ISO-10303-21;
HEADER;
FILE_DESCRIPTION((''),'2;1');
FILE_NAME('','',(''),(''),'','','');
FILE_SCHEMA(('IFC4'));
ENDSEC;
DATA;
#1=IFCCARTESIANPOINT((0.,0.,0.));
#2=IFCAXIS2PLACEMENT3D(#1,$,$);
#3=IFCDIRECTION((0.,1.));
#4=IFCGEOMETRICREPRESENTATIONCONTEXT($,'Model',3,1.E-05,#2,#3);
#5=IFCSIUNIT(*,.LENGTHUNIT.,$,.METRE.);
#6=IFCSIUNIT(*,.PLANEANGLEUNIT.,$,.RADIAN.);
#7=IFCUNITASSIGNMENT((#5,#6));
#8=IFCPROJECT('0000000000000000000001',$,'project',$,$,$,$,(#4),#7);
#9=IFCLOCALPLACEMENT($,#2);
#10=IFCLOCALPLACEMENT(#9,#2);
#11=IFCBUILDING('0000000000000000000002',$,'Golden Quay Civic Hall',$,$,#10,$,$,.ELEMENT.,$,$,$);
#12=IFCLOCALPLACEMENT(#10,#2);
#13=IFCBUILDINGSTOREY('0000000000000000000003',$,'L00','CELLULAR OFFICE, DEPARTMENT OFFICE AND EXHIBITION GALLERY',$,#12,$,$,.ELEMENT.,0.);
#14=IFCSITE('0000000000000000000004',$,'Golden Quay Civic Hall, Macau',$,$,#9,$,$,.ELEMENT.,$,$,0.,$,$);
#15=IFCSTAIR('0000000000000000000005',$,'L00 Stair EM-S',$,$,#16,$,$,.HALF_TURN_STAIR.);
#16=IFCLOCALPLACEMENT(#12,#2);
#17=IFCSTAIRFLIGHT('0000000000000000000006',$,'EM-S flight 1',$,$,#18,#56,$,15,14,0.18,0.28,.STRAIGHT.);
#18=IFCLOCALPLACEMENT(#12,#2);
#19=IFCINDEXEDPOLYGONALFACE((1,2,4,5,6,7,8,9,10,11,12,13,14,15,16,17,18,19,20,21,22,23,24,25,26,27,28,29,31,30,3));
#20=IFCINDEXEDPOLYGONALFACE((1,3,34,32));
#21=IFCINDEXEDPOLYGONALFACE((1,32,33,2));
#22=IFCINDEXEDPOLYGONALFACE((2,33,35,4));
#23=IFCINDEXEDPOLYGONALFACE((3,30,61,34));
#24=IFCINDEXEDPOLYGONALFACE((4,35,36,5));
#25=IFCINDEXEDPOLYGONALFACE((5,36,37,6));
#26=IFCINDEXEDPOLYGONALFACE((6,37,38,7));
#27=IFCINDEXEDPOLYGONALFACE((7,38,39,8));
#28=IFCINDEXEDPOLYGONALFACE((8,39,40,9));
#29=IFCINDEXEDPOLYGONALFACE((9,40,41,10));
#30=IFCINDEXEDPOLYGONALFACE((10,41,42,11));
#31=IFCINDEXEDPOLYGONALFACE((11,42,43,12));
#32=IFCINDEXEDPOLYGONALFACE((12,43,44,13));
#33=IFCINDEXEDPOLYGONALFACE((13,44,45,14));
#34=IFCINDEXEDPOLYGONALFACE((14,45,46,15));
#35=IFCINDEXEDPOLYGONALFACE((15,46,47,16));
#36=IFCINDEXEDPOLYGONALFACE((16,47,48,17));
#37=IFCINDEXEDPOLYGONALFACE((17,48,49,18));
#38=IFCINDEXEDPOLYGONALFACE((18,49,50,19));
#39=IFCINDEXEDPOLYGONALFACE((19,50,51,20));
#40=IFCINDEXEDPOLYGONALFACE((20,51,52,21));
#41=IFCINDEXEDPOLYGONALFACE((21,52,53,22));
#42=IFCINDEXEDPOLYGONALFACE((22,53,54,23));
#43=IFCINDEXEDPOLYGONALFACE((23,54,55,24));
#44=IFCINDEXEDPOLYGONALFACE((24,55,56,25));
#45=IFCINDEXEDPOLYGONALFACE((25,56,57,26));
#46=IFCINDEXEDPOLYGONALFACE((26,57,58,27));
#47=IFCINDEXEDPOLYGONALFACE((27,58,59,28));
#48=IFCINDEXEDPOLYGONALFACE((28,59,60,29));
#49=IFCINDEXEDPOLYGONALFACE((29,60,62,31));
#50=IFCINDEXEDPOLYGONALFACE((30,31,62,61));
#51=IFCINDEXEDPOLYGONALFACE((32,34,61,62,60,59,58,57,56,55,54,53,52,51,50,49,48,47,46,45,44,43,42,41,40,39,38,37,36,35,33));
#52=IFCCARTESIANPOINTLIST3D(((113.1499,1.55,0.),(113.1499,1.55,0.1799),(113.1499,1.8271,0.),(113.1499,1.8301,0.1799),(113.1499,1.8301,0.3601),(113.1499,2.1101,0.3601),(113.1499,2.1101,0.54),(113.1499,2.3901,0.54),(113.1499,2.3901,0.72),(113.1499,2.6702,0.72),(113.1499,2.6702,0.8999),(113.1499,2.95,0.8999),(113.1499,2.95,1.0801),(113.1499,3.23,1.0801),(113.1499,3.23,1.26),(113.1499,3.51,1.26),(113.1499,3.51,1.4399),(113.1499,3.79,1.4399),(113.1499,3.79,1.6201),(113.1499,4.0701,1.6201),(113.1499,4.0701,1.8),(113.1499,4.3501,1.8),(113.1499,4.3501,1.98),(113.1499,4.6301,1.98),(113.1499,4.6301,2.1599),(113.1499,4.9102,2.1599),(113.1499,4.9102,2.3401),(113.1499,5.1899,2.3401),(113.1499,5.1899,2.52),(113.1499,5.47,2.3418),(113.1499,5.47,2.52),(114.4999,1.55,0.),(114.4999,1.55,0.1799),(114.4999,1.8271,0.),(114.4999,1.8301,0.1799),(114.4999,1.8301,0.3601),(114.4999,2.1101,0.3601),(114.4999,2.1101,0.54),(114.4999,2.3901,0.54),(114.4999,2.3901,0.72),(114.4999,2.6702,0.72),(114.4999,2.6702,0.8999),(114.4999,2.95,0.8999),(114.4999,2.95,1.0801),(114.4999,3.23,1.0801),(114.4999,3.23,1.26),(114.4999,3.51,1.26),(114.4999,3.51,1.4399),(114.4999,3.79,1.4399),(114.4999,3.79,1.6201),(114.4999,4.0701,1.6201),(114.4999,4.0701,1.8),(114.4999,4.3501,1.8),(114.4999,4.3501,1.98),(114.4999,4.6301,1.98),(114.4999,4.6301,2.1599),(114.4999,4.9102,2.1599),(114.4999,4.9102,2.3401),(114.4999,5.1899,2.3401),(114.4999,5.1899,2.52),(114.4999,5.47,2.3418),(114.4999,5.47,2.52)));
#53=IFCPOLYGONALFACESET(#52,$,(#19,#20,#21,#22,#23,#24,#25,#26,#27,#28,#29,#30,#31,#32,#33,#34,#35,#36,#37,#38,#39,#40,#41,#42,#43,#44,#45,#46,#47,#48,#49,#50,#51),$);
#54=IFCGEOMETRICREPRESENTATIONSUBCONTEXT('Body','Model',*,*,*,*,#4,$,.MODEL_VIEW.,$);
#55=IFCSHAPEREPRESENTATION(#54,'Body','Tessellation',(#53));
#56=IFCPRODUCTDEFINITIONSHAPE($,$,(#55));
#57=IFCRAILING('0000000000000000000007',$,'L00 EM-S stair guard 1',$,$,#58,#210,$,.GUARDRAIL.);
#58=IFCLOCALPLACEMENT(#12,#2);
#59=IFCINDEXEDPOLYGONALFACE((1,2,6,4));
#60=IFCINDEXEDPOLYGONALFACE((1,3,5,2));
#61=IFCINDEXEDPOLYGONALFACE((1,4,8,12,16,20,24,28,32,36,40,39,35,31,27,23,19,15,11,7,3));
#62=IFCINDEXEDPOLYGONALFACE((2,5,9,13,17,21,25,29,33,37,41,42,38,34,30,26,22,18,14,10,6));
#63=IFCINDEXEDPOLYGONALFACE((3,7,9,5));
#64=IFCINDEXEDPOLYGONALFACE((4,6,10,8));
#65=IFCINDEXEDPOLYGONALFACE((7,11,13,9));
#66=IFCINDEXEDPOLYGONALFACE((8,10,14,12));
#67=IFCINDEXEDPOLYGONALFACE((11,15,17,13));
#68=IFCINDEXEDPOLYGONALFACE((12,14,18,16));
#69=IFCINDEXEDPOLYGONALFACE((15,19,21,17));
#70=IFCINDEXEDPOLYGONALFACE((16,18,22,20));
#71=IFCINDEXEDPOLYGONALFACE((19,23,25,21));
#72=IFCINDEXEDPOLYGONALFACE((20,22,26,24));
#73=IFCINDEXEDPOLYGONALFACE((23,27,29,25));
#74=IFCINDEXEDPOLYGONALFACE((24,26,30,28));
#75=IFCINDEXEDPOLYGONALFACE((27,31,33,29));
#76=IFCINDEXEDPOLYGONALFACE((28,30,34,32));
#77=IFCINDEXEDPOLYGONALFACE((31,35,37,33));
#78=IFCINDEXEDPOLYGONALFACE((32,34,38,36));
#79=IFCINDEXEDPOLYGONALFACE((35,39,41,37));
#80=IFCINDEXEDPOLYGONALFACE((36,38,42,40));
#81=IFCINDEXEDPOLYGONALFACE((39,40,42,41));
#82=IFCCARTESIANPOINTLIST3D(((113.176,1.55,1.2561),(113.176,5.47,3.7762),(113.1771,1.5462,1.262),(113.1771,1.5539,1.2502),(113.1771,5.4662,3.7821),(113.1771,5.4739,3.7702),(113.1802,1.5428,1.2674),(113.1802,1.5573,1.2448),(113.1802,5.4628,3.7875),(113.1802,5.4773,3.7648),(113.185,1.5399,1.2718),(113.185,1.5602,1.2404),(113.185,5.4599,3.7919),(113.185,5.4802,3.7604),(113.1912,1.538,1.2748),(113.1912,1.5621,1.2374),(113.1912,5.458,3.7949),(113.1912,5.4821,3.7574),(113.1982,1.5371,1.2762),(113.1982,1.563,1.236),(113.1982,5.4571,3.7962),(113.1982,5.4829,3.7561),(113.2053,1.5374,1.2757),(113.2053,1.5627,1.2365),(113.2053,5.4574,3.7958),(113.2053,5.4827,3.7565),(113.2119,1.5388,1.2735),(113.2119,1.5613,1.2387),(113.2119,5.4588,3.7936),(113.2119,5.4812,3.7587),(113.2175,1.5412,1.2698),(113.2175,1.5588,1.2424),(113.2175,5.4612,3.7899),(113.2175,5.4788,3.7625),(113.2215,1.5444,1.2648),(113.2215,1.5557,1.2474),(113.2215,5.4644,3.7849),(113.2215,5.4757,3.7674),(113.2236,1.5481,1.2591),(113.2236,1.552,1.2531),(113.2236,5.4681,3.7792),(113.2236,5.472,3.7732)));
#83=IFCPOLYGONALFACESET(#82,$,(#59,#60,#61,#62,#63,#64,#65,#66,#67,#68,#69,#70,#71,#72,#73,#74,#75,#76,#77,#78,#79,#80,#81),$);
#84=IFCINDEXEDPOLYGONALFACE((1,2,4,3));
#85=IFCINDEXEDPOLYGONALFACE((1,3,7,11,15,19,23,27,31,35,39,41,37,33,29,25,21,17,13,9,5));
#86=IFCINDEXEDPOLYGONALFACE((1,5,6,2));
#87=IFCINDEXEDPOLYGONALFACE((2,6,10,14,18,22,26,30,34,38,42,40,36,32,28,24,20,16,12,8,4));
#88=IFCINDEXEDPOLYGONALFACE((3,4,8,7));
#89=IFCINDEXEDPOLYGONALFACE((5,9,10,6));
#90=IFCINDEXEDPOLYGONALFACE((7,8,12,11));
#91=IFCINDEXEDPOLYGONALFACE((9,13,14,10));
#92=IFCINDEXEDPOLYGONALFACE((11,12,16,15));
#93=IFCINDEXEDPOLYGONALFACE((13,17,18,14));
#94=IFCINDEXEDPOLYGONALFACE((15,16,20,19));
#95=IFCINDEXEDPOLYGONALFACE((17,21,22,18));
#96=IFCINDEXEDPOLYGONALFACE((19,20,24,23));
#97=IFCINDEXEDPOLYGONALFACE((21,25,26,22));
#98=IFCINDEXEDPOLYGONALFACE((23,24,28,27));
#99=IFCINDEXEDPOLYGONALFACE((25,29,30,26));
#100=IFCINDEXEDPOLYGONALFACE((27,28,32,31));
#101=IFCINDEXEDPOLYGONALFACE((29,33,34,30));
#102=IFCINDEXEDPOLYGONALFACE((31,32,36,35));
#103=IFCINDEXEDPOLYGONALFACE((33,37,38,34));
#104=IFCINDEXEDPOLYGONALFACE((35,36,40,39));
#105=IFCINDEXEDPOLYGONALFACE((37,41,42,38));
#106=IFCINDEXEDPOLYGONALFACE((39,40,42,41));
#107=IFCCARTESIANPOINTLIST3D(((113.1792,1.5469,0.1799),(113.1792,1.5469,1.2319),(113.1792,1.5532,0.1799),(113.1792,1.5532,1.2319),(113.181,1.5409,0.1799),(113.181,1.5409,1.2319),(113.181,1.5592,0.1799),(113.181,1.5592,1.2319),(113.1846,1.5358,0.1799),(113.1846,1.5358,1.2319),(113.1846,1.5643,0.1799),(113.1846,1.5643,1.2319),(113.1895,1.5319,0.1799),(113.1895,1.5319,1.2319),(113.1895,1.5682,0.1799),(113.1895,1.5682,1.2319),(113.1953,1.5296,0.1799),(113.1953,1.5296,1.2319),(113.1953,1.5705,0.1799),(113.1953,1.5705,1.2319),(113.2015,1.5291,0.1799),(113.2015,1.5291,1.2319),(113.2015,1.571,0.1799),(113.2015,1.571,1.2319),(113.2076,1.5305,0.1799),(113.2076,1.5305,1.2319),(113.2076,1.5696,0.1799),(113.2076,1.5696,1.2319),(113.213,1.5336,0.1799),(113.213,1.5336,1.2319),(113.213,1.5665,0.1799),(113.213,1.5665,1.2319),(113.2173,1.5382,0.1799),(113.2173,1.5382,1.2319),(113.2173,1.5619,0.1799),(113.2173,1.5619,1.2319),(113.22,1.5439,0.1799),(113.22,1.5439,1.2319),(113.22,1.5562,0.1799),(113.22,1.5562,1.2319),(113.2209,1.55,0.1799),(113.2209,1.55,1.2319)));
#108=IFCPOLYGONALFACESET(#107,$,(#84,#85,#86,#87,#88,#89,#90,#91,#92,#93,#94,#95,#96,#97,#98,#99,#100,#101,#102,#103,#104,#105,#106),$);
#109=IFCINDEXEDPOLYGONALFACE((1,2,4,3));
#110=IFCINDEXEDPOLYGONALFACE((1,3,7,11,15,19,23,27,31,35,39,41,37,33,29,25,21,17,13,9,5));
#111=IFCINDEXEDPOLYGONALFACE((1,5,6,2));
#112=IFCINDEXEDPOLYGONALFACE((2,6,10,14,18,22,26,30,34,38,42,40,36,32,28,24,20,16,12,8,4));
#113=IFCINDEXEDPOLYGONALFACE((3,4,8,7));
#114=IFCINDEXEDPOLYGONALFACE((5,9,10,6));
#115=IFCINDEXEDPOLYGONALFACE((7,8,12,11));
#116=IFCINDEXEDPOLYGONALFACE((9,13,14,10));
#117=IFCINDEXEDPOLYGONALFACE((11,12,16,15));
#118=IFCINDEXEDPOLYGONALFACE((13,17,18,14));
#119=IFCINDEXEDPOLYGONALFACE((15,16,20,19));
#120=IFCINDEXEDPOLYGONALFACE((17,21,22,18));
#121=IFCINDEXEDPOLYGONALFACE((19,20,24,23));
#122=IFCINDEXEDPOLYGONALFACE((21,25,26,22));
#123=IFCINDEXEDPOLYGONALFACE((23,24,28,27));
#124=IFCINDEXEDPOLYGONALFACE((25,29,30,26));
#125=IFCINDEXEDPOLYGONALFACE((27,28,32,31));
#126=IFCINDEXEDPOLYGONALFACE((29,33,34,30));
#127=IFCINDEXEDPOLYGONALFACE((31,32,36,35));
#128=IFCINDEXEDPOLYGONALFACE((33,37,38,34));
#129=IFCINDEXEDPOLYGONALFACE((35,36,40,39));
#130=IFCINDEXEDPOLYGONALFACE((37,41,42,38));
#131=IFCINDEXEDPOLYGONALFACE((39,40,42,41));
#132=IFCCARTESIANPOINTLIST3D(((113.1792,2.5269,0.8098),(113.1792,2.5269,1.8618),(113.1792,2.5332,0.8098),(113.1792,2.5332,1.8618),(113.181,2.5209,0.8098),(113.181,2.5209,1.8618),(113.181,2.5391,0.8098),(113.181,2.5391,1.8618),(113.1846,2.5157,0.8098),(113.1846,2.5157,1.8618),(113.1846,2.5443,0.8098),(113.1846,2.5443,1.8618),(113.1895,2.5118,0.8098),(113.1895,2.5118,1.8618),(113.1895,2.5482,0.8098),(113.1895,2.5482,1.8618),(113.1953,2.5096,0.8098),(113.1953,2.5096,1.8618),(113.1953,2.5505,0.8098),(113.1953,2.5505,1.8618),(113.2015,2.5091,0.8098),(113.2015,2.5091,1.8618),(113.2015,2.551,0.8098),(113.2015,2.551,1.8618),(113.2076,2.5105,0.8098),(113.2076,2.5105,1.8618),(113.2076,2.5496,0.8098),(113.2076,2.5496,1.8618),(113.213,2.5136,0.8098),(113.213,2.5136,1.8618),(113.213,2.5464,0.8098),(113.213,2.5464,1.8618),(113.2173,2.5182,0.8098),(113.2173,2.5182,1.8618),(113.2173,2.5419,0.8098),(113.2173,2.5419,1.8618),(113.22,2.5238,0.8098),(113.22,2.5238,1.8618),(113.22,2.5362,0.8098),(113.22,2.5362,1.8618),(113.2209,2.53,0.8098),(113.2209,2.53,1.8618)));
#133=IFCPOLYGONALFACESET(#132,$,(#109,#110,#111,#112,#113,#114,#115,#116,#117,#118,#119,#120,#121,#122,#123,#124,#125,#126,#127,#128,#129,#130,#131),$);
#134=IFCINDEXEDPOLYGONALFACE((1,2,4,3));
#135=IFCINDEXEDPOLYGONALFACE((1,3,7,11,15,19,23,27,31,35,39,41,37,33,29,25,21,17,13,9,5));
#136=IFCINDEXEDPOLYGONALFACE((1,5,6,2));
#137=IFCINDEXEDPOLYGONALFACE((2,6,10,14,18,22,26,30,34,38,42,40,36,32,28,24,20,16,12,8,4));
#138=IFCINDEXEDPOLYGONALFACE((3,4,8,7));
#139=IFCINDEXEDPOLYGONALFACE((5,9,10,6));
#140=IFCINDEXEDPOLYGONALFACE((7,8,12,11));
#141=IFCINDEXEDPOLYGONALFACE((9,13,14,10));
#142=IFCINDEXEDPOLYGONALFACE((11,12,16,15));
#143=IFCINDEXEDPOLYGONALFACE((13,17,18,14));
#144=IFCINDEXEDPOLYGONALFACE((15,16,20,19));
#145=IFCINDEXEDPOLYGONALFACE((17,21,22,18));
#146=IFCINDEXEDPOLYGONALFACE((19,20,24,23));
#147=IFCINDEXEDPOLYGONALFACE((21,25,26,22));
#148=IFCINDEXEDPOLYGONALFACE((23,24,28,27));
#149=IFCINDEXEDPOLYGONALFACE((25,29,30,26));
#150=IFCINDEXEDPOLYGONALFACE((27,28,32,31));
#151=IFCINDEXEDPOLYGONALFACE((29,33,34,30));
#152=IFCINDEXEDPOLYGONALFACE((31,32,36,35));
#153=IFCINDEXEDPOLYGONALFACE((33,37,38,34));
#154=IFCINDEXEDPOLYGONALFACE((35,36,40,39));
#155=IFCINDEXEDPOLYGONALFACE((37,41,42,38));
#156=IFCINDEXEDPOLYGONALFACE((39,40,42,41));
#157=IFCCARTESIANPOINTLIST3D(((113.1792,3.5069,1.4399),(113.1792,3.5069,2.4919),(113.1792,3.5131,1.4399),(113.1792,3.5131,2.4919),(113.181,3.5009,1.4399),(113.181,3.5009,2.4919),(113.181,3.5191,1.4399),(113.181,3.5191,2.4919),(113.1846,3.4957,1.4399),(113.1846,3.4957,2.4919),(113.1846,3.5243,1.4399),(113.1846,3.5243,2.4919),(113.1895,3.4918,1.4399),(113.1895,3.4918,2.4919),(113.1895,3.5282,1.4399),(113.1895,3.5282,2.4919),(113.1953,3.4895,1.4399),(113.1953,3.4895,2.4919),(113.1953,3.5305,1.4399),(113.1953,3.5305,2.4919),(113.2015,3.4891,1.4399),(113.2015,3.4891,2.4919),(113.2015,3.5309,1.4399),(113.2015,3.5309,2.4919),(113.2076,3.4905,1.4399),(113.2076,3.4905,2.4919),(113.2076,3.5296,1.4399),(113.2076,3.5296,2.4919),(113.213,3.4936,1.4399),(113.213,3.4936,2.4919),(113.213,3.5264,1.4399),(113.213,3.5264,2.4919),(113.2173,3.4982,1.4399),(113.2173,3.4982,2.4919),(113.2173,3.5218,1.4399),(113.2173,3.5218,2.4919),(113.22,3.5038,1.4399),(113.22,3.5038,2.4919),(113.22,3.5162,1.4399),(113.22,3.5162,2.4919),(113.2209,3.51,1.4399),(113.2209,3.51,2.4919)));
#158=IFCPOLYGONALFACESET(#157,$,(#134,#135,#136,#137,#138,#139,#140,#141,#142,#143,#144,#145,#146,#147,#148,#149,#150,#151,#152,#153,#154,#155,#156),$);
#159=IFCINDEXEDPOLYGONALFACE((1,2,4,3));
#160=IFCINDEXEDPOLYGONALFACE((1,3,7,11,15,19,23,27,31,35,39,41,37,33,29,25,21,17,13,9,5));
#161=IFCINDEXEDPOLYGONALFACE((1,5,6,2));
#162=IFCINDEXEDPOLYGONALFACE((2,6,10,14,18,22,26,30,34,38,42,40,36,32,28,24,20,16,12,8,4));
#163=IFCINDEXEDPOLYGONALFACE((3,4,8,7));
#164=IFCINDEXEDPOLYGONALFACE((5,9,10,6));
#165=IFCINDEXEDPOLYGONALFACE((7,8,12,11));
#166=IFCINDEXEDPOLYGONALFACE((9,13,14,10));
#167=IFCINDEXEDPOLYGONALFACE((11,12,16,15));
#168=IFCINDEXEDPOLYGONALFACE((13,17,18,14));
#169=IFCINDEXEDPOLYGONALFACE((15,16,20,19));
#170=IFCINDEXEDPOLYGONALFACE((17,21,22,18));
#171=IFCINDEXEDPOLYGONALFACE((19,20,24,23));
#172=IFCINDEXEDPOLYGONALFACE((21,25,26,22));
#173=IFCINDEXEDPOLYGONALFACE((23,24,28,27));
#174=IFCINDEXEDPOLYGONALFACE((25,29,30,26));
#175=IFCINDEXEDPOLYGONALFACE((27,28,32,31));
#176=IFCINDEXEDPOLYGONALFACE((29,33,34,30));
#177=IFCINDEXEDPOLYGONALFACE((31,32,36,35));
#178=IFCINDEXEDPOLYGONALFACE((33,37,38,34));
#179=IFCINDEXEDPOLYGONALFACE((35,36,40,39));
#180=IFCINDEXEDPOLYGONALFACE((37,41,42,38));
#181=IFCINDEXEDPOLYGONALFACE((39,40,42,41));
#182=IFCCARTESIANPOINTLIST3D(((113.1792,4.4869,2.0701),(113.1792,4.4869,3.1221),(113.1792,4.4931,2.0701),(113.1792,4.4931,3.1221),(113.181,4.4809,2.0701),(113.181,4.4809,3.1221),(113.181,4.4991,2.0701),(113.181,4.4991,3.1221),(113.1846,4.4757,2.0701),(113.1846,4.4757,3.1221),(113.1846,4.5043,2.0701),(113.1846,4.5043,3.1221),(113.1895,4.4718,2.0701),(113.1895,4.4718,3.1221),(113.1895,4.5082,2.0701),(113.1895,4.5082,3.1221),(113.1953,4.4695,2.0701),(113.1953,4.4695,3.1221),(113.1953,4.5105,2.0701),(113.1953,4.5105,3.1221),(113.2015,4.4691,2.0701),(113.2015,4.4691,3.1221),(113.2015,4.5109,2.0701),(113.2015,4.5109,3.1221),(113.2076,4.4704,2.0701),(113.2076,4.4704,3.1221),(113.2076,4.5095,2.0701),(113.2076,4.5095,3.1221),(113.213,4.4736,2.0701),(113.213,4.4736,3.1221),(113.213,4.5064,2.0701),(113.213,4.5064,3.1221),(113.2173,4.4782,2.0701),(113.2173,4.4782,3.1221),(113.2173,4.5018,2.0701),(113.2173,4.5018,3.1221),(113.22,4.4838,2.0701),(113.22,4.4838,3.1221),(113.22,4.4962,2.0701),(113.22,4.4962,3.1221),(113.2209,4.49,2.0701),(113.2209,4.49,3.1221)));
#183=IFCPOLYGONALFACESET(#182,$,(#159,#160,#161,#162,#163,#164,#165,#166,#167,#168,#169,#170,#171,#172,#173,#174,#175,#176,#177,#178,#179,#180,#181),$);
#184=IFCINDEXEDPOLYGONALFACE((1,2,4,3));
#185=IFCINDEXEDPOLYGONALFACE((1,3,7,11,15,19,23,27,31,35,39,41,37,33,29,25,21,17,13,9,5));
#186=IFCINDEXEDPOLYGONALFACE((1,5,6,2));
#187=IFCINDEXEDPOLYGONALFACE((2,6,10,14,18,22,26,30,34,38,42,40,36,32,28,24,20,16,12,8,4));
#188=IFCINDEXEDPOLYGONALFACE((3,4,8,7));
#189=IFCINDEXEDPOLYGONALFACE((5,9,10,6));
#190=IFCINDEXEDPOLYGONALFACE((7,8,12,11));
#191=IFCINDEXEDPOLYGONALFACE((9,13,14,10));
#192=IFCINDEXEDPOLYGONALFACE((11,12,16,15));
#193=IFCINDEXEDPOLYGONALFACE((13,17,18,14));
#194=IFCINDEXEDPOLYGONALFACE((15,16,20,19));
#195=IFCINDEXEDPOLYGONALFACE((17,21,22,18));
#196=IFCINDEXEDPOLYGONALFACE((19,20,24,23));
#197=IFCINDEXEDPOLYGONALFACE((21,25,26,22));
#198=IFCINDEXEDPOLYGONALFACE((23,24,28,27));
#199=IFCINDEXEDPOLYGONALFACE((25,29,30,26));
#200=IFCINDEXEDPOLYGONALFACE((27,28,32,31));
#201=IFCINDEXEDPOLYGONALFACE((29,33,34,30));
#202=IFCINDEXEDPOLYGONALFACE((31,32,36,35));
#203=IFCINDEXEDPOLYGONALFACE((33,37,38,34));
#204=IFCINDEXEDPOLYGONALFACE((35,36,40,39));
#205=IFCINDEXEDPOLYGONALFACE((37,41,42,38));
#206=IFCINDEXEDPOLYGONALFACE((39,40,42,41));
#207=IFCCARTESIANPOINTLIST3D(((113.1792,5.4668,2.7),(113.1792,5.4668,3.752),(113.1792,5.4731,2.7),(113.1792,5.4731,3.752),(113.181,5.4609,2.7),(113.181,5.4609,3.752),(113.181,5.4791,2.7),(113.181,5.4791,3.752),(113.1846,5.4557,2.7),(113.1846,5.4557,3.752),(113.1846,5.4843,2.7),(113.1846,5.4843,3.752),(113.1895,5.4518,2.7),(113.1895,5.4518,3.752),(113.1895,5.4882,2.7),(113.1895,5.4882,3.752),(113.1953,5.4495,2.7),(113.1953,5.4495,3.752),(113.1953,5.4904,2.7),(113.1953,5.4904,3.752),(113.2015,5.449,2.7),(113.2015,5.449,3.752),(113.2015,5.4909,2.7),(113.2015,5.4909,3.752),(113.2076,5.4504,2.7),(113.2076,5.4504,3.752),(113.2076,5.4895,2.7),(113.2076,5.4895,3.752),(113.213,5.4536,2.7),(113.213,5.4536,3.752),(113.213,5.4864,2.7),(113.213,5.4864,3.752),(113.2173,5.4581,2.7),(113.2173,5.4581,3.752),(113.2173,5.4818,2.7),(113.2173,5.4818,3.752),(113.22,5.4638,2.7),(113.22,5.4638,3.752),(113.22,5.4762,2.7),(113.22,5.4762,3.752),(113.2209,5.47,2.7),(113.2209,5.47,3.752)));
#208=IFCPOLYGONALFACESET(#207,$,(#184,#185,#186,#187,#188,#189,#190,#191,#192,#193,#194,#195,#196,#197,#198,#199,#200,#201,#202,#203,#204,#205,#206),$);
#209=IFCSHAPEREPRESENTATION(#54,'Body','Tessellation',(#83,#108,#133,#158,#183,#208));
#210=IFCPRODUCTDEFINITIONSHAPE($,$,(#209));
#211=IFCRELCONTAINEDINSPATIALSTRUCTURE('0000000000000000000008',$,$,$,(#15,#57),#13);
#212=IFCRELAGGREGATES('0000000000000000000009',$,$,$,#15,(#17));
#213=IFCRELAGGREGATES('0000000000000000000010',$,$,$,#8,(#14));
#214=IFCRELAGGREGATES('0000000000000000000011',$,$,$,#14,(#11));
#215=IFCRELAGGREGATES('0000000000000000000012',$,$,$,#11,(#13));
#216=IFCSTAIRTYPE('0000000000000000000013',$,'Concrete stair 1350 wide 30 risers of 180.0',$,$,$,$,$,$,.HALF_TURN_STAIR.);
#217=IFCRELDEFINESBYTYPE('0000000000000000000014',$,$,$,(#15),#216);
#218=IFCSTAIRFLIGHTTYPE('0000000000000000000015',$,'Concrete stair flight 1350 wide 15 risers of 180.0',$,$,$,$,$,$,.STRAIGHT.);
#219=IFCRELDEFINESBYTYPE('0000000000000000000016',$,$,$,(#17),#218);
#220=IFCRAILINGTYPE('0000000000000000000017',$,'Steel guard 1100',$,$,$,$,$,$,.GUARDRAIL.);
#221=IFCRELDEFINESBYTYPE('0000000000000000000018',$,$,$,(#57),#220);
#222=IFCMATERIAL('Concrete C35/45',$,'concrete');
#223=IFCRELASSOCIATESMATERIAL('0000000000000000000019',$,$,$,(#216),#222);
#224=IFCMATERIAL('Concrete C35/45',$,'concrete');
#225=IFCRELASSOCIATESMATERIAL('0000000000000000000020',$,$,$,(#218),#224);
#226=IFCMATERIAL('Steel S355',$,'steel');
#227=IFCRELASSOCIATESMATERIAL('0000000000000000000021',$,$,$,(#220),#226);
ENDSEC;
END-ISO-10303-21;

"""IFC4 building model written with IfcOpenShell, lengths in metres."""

from ifc_helpers import new_model, si_unit, direction, frame, origin, origin_2d, place, context, subcontext, project, spatial, polyline, circle, outline, extrude, material, type_object, element, aggregate, save


model = new_model("IFC4")

# Units and contexts
model_context = context("Model", 3, precision=1e-05, world=origin(), true_north=direction((0.0, 1.0)))
body_context = subcontext(model_context, "Body", "Model", "MODEL_VIEW")
ifc_project = project(units=[si_unit("LENGTHUNIT", "METRE"), si_unit("PLANEANGLEUNIT", "RADIAN")], contexts=[model_context])

# Site, building, storey
site_placement = place(None, origin())
site = spatial("IfcSite", under=ifc_project, at=site_placement, Name="Golden Quay Civic Hall, Macau", CompositionType="ELEMENT", RefElevation=0.0)
building_placement = place(site_placement, origin())
building = spatial("IfcBuilding", under=site, at=building_placement, Name="Golden Quay Civic Hall", CompositionType="ELEMENT")
storey_placement = place(building_placement, origin())
storey = spatial("IfcBuildingStorey", under=building, at=storey_placement, Name="L00", Description="CELLULAR OFFICE, DEPARTMENT OFFICE AND EXHIBITION GALLERY", CompositionType="ELEMENT", Elevation=0.0)

# Stair, stair flight
ifc_material_1 = material(Name="Concrete C35/45", Category="concrete")
stair_type = type_object("IfcStairType", Name="Concrete stair 1350 wide 30 risers of 180.0", PredefinedType="HALF_TURN_STAIR", material=ifc_material_1)
stair_placement = place(storey_placement, origin())
stair = element("IfcStair", 1, at=stair_placement, inside=storey, type_object=stair_type, Name="L00 Stair EM-S", PredefinedType="HALF_TURN_STAIR")
ifc_material_2 = material(Name="Concrete C35/45", Category="concrete")
stair_flight_type = type_object("IfcStairFlightType", Name="Concrete stair flight 1350 wide 15 risers of 180.0", PredefinedType="STRAIGHT", material=ifc_material_2)
stair_flight_placement = place(storey_placement, frame((113.825, 1.55, 0.0), z_axis=(0.0, 0.0, 1.0), x_axis=(0.0, 1.0, 0.0)))
stair_flight = element("IfcStairFlight", 2, at=stair_flight_placement, type_object=stair_flight_type, Name="EM-S flight 1", NumberOfRisers=15, NumberOfTreads=14, PredefinedType="STRAIGHT", RiserHeight=0.18, TreadLength=0.28, context=body_context, shape_type="SweptSolid", body=[
    extrude(outline(polyline([(0.0, 0.0), (0.0, 0.1799), (0.28, 0.1799), (0.28, 0.3601), (0.5601, 0.3601), (0.5601, 0.54), (0.8401, 0.54), (0.8401, 0.72), (1.1201, 0.72), (1.1201, 0.8999), (1.3999, 0.8999), (1.3999, 1.0801), (1.6799, 1.0801), (1.6799, 1.26), (1.96, 1.26), (1.96, 1.4399), (2.24, 1.4399), (2.24, 1.6201), (2.52, 1.6201), (2.52, 1.8), (2.8, 1.8), (2.8, 1.98), (3.0801, 1.98), (3.0801, 2.1599), (3.3601, 2.1599), (3.3601, 2.3401), (3.6399, 2.3401), (3.6399, 2.52), (3.9199, 2.52), (3.9199, 2.7), (3.9199, 2.3418), (0.2771, 0.0), (0.0, 0.0)])), frame((0.0, 0.675, 0.0), z_axis=(0.0, -1.0, 0.0), x_axis=(1.0, 0.0, 0.0)), (0.0, 0.0, 1.0), 1.35),
])
aggregate(stair, [stair_flight])

# Railing
ifc_material_3 = material(Name="Steel S355", Category="steel")
railing_type_1 = type_object("IfcRailingType", Name="Steel guard 1100", PredefinedType="GUARDRAIL", material=ifc_material_3)
railing_1_placement = place(storey_placement, frame((113.2, 1.55, 0.1799)))
element("IfcRailing", 3, at=railing_1_placement, inside=storey, type_object=railing_type_1, Name="L00 EM-S stair guard 1", PredefinedType="GUARDRAIL", context=body_context, shape_type="SweptSolid", body=[
    extrude(circle(Radius=0.0239, at=origin_2d()), frame((0.0, 0.0, 1.0762), z_axis=(0.0, 0.841172, 0.540768), x_axis=(-1.0, 0.0, 0.0)), (0.0, 0.0, 1.0), 4.6602),
    extrude(circle(Radius=0.021, at=origin_2d()), origin(), (0.0, 0.0, 1.0), 1.052),
    extrude(circle(Radius=0.021, at=origin_2d()), frame((0.0, 0.98, 0.6299)), (0.0, 0.0, 1.0), 1.052),
    extrude(circle(Radius=0.021, at=origin_2d()), frame((0.0, 1.96, 1.26)), (0.0, 0.0, 1.0), 1.052),
    extrude(circle(Radius=0.021, at=origin_2d()), frame((0.0, 2.9399, 1.8901)), (0.0, 0.0, 1.0), 1.052),
    extrude(circle(Radius=0.021, at=origin_2d()), frame((0.0, 3.9199, 2.52)), (0.0, 0.0, 1.0), 1.052),
])

save(model, "model.ifc")
